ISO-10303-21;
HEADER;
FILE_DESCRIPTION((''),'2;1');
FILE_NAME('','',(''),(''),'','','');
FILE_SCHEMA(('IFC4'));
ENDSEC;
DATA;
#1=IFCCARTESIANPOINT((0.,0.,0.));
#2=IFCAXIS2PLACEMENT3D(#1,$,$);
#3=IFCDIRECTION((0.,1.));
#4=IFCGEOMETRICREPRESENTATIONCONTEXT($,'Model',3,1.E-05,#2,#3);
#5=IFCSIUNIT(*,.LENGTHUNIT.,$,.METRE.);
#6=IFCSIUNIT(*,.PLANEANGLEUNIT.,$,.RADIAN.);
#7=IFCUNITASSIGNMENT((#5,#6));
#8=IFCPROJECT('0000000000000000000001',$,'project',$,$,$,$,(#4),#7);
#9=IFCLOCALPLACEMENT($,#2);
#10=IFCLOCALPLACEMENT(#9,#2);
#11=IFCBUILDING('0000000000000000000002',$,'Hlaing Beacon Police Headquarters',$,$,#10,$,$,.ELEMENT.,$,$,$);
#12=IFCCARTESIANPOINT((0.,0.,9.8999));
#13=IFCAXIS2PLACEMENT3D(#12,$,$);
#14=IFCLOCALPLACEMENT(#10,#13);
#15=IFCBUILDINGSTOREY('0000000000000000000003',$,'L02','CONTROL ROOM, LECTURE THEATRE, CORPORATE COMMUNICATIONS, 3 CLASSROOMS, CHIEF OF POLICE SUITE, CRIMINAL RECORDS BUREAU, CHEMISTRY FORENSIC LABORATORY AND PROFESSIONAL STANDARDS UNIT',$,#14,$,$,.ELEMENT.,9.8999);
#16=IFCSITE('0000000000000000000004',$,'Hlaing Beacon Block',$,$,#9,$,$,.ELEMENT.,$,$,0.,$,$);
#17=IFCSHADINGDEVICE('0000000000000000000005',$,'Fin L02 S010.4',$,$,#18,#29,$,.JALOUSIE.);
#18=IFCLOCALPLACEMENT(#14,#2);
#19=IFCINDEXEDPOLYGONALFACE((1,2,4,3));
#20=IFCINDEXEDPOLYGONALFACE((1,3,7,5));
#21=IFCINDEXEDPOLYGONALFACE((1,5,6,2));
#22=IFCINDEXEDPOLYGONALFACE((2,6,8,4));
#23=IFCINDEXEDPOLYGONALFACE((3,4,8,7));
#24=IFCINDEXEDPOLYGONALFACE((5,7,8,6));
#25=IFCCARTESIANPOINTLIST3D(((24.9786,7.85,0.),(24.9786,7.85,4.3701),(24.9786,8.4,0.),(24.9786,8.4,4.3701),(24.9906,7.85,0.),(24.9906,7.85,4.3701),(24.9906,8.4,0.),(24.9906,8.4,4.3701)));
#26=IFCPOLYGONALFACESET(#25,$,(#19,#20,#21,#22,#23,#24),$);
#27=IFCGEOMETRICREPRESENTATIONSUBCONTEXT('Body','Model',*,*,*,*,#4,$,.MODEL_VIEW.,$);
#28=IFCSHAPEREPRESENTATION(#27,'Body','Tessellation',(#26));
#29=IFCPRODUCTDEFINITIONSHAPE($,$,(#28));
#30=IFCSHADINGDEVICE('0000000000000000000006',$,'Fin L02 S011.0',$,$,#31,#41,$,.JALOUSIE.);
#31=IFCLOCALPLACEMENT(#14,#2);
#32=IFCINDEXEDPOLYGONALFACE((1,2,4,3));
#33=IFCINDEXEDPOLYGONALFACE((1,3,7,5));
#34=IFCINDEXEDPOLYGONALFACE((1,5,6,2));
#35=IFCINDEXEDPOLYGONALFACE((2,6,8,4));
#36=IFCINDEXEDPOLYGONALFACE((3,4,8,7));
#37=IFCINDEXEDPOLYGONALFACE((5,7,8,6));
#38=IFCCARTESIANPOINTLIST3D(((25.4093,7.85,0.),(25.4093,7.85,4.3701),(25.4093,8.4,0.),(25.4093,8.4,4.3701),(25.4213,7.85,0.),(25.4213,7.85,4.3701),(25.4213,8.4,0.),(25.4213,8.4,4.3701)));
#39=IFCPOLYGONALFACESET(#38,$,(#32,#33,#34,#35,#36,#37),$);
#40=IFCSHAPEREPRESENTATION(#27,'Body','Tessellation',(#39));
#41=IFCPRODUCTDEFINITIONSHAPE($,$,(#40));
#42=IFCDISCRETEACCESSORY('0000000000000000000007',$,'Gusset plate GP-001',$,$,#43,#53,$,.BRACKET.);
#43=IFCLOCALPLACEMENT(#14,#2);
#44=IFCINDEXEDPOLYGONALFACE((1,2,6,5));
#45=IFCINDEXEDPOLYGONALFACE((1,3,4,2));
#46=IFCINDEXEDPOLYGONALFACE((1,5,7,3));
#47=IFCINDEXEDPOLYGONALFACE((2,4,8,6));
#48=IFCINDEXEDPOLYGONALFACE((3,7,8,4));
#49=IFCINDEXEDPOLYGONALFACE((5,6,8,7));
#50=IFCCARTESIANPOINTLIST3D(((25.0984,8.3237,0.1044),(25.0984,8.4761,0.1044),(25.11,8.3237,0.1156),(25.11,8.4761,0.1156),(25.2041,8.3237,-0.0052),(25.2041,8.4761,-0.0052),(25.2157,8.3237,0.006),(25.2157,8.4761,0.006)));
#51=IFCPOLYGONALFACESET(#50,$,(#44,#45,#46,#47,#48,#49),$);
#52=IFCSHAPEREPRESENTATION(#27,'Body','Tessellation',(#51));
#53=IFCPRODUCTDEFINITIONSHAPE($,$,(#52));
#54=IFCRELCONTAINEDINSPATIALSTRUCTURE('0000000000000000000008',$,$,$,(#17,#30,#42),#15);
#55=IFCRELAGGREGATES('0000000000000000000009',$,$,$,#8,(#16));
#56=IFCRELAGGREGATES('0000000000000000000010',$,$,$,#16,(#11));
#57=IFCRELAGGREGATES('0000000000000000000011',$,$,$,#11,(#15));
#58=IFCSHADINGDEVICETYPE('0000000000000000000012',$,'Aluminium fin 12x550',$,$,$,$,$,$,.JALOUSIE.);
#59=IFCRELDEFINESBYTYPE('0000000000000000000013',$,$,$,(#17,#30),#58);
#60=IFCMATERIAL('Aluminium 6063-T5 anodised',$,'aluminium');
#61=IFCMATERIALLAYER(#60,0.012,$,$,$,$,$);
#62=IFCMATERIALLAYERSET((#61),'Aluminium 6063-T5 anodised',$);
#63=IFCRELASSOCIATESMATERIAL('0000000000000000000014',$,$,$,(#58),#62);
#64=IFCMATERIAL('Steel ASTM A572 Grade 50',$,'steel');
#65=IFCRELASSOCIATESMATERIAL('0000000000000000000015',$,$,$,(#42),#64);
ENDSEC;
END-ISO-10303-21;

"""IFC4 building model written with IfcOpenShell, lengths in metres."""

from ifc_helpers import new_model, si_unit, direction, frame, origin, origin_2d, place, context, subcontext, project, spatial, rectangle, extrude, material, layer, layer_set, type_object, element, save


model = new_model("IFC4")

# Units and contexts
model_context = context("Model", 3, precision=1e-05, world=origin(), true_north=direction((0.0, 1.0)))
body_context = subcontext(model_context, "Body", "Model", "MODEL_VIEW")
ifc_project = project(units=[si_unit("LENGTHUNIT", "METRE"), si_unit("PLANEANGLEUNIT", "RADIAN")], contexts=[model_context])

# Site, building, storey
site_placement = place(None, origin())
site = spatial("IfcSite", under=ifc_project, at=site_placement, Name="Hlaing Beacon Block", CompositionType="ELEMENT", RefElevation=0.0)
building_placement = place(site_placement, origin())
building = spatial("IfcBuilding", under=site, at=building_placement, Name="Hlaing Beacon Police Headquarters", CompositionType="ELEMENT")
storey_placement = place(building_placement, frame((0.0, 0.0, 9.8999)))
storey = spatial("IfcBuildingStorey", under=building, at=storey_placement, Name="L02", Description="CONTROL ROOM, LECTURE THEATRE, CORPORATE COMMUNICATIONS, 3 CLASSROOMS, CHIEF OF POLICE SUITE, CRIMINAL RECORDS BUREAU, CHEMISTRY FORENSIC LABORATORY AND PROFESSIONAL STANDARDS UNIT", CompositionType="ELEMENT", Elevation=9.8999)

# Shading devices
ifc_material_1 = material(Name="Aluminium 6063-T5 anodised", Category="aluminium")
ifc_layer_1 = layer(ifc_material_1, 0.012)
ifc_layer_set_1 = layer_set([ifc_layer_1], Name="Aluminium 6063-T5 anodised")
shading_device_type = type_object("IfcShadingDeviceType", Name="Aluminium fin 12x550", PredefinedType="JALOUSIE", material=ifc_layer_set_1)
for number, where, z_axis, x_axis, name in (
    (1, (24.9846, 8.125, 0.0), (0.0, 0.0, 1.0), (1.0, 0.0, 0.0), "Fin L02 S010.4"),
    (2, (25.4153, 8.125, 0.0), (0.0, 0.0, 1.0), (1.0, 0.0, 0.0), "Fin L02 S011.0"),
):
    element("IfcShadingDevice", number, at=place(storey_placement, frame(where, z_axis=z_axis, x_axis=x_axis)), inside=storey, type_object=shading_device_type, Name=name, PredefinedType="JALOUSIE", context=body_context, shape_type="SweptSolid", body=[
        extrude(rectangle(XDim=0.012, YDim=0.55, at=origin_2d()), origin(), (0.0, 0.0, 1.0), 4.3701),
    ])

# Discrete accessory
ifc_material_2 = material(Name="Steel ASTM A572 Grade 50", Category="steel")
discrete_accessory_placement = place(storey_placement, frame((25.1628, 8.3999, 0.0608), z_axis=(-0.7199, 0.0, -0.694078), x_axis=(0.0, -1.0, 0.0)))
element("IfcDiscreteAccessory", 3, at=discrete_accessory_placement, inside=storey, material=ifc_material_2, Name="Gusset plate GP-001", PredefinedType="BRACKET", context=body_context, shape_type="SweptSolid", body=[
    extrude(rectangle(XDim=0.1523, YDim=0.1523, at=origin_2d()), origin(), (0.0, 0.0, 1.0), 0.0161),
])

save(model, "model.ifc")
